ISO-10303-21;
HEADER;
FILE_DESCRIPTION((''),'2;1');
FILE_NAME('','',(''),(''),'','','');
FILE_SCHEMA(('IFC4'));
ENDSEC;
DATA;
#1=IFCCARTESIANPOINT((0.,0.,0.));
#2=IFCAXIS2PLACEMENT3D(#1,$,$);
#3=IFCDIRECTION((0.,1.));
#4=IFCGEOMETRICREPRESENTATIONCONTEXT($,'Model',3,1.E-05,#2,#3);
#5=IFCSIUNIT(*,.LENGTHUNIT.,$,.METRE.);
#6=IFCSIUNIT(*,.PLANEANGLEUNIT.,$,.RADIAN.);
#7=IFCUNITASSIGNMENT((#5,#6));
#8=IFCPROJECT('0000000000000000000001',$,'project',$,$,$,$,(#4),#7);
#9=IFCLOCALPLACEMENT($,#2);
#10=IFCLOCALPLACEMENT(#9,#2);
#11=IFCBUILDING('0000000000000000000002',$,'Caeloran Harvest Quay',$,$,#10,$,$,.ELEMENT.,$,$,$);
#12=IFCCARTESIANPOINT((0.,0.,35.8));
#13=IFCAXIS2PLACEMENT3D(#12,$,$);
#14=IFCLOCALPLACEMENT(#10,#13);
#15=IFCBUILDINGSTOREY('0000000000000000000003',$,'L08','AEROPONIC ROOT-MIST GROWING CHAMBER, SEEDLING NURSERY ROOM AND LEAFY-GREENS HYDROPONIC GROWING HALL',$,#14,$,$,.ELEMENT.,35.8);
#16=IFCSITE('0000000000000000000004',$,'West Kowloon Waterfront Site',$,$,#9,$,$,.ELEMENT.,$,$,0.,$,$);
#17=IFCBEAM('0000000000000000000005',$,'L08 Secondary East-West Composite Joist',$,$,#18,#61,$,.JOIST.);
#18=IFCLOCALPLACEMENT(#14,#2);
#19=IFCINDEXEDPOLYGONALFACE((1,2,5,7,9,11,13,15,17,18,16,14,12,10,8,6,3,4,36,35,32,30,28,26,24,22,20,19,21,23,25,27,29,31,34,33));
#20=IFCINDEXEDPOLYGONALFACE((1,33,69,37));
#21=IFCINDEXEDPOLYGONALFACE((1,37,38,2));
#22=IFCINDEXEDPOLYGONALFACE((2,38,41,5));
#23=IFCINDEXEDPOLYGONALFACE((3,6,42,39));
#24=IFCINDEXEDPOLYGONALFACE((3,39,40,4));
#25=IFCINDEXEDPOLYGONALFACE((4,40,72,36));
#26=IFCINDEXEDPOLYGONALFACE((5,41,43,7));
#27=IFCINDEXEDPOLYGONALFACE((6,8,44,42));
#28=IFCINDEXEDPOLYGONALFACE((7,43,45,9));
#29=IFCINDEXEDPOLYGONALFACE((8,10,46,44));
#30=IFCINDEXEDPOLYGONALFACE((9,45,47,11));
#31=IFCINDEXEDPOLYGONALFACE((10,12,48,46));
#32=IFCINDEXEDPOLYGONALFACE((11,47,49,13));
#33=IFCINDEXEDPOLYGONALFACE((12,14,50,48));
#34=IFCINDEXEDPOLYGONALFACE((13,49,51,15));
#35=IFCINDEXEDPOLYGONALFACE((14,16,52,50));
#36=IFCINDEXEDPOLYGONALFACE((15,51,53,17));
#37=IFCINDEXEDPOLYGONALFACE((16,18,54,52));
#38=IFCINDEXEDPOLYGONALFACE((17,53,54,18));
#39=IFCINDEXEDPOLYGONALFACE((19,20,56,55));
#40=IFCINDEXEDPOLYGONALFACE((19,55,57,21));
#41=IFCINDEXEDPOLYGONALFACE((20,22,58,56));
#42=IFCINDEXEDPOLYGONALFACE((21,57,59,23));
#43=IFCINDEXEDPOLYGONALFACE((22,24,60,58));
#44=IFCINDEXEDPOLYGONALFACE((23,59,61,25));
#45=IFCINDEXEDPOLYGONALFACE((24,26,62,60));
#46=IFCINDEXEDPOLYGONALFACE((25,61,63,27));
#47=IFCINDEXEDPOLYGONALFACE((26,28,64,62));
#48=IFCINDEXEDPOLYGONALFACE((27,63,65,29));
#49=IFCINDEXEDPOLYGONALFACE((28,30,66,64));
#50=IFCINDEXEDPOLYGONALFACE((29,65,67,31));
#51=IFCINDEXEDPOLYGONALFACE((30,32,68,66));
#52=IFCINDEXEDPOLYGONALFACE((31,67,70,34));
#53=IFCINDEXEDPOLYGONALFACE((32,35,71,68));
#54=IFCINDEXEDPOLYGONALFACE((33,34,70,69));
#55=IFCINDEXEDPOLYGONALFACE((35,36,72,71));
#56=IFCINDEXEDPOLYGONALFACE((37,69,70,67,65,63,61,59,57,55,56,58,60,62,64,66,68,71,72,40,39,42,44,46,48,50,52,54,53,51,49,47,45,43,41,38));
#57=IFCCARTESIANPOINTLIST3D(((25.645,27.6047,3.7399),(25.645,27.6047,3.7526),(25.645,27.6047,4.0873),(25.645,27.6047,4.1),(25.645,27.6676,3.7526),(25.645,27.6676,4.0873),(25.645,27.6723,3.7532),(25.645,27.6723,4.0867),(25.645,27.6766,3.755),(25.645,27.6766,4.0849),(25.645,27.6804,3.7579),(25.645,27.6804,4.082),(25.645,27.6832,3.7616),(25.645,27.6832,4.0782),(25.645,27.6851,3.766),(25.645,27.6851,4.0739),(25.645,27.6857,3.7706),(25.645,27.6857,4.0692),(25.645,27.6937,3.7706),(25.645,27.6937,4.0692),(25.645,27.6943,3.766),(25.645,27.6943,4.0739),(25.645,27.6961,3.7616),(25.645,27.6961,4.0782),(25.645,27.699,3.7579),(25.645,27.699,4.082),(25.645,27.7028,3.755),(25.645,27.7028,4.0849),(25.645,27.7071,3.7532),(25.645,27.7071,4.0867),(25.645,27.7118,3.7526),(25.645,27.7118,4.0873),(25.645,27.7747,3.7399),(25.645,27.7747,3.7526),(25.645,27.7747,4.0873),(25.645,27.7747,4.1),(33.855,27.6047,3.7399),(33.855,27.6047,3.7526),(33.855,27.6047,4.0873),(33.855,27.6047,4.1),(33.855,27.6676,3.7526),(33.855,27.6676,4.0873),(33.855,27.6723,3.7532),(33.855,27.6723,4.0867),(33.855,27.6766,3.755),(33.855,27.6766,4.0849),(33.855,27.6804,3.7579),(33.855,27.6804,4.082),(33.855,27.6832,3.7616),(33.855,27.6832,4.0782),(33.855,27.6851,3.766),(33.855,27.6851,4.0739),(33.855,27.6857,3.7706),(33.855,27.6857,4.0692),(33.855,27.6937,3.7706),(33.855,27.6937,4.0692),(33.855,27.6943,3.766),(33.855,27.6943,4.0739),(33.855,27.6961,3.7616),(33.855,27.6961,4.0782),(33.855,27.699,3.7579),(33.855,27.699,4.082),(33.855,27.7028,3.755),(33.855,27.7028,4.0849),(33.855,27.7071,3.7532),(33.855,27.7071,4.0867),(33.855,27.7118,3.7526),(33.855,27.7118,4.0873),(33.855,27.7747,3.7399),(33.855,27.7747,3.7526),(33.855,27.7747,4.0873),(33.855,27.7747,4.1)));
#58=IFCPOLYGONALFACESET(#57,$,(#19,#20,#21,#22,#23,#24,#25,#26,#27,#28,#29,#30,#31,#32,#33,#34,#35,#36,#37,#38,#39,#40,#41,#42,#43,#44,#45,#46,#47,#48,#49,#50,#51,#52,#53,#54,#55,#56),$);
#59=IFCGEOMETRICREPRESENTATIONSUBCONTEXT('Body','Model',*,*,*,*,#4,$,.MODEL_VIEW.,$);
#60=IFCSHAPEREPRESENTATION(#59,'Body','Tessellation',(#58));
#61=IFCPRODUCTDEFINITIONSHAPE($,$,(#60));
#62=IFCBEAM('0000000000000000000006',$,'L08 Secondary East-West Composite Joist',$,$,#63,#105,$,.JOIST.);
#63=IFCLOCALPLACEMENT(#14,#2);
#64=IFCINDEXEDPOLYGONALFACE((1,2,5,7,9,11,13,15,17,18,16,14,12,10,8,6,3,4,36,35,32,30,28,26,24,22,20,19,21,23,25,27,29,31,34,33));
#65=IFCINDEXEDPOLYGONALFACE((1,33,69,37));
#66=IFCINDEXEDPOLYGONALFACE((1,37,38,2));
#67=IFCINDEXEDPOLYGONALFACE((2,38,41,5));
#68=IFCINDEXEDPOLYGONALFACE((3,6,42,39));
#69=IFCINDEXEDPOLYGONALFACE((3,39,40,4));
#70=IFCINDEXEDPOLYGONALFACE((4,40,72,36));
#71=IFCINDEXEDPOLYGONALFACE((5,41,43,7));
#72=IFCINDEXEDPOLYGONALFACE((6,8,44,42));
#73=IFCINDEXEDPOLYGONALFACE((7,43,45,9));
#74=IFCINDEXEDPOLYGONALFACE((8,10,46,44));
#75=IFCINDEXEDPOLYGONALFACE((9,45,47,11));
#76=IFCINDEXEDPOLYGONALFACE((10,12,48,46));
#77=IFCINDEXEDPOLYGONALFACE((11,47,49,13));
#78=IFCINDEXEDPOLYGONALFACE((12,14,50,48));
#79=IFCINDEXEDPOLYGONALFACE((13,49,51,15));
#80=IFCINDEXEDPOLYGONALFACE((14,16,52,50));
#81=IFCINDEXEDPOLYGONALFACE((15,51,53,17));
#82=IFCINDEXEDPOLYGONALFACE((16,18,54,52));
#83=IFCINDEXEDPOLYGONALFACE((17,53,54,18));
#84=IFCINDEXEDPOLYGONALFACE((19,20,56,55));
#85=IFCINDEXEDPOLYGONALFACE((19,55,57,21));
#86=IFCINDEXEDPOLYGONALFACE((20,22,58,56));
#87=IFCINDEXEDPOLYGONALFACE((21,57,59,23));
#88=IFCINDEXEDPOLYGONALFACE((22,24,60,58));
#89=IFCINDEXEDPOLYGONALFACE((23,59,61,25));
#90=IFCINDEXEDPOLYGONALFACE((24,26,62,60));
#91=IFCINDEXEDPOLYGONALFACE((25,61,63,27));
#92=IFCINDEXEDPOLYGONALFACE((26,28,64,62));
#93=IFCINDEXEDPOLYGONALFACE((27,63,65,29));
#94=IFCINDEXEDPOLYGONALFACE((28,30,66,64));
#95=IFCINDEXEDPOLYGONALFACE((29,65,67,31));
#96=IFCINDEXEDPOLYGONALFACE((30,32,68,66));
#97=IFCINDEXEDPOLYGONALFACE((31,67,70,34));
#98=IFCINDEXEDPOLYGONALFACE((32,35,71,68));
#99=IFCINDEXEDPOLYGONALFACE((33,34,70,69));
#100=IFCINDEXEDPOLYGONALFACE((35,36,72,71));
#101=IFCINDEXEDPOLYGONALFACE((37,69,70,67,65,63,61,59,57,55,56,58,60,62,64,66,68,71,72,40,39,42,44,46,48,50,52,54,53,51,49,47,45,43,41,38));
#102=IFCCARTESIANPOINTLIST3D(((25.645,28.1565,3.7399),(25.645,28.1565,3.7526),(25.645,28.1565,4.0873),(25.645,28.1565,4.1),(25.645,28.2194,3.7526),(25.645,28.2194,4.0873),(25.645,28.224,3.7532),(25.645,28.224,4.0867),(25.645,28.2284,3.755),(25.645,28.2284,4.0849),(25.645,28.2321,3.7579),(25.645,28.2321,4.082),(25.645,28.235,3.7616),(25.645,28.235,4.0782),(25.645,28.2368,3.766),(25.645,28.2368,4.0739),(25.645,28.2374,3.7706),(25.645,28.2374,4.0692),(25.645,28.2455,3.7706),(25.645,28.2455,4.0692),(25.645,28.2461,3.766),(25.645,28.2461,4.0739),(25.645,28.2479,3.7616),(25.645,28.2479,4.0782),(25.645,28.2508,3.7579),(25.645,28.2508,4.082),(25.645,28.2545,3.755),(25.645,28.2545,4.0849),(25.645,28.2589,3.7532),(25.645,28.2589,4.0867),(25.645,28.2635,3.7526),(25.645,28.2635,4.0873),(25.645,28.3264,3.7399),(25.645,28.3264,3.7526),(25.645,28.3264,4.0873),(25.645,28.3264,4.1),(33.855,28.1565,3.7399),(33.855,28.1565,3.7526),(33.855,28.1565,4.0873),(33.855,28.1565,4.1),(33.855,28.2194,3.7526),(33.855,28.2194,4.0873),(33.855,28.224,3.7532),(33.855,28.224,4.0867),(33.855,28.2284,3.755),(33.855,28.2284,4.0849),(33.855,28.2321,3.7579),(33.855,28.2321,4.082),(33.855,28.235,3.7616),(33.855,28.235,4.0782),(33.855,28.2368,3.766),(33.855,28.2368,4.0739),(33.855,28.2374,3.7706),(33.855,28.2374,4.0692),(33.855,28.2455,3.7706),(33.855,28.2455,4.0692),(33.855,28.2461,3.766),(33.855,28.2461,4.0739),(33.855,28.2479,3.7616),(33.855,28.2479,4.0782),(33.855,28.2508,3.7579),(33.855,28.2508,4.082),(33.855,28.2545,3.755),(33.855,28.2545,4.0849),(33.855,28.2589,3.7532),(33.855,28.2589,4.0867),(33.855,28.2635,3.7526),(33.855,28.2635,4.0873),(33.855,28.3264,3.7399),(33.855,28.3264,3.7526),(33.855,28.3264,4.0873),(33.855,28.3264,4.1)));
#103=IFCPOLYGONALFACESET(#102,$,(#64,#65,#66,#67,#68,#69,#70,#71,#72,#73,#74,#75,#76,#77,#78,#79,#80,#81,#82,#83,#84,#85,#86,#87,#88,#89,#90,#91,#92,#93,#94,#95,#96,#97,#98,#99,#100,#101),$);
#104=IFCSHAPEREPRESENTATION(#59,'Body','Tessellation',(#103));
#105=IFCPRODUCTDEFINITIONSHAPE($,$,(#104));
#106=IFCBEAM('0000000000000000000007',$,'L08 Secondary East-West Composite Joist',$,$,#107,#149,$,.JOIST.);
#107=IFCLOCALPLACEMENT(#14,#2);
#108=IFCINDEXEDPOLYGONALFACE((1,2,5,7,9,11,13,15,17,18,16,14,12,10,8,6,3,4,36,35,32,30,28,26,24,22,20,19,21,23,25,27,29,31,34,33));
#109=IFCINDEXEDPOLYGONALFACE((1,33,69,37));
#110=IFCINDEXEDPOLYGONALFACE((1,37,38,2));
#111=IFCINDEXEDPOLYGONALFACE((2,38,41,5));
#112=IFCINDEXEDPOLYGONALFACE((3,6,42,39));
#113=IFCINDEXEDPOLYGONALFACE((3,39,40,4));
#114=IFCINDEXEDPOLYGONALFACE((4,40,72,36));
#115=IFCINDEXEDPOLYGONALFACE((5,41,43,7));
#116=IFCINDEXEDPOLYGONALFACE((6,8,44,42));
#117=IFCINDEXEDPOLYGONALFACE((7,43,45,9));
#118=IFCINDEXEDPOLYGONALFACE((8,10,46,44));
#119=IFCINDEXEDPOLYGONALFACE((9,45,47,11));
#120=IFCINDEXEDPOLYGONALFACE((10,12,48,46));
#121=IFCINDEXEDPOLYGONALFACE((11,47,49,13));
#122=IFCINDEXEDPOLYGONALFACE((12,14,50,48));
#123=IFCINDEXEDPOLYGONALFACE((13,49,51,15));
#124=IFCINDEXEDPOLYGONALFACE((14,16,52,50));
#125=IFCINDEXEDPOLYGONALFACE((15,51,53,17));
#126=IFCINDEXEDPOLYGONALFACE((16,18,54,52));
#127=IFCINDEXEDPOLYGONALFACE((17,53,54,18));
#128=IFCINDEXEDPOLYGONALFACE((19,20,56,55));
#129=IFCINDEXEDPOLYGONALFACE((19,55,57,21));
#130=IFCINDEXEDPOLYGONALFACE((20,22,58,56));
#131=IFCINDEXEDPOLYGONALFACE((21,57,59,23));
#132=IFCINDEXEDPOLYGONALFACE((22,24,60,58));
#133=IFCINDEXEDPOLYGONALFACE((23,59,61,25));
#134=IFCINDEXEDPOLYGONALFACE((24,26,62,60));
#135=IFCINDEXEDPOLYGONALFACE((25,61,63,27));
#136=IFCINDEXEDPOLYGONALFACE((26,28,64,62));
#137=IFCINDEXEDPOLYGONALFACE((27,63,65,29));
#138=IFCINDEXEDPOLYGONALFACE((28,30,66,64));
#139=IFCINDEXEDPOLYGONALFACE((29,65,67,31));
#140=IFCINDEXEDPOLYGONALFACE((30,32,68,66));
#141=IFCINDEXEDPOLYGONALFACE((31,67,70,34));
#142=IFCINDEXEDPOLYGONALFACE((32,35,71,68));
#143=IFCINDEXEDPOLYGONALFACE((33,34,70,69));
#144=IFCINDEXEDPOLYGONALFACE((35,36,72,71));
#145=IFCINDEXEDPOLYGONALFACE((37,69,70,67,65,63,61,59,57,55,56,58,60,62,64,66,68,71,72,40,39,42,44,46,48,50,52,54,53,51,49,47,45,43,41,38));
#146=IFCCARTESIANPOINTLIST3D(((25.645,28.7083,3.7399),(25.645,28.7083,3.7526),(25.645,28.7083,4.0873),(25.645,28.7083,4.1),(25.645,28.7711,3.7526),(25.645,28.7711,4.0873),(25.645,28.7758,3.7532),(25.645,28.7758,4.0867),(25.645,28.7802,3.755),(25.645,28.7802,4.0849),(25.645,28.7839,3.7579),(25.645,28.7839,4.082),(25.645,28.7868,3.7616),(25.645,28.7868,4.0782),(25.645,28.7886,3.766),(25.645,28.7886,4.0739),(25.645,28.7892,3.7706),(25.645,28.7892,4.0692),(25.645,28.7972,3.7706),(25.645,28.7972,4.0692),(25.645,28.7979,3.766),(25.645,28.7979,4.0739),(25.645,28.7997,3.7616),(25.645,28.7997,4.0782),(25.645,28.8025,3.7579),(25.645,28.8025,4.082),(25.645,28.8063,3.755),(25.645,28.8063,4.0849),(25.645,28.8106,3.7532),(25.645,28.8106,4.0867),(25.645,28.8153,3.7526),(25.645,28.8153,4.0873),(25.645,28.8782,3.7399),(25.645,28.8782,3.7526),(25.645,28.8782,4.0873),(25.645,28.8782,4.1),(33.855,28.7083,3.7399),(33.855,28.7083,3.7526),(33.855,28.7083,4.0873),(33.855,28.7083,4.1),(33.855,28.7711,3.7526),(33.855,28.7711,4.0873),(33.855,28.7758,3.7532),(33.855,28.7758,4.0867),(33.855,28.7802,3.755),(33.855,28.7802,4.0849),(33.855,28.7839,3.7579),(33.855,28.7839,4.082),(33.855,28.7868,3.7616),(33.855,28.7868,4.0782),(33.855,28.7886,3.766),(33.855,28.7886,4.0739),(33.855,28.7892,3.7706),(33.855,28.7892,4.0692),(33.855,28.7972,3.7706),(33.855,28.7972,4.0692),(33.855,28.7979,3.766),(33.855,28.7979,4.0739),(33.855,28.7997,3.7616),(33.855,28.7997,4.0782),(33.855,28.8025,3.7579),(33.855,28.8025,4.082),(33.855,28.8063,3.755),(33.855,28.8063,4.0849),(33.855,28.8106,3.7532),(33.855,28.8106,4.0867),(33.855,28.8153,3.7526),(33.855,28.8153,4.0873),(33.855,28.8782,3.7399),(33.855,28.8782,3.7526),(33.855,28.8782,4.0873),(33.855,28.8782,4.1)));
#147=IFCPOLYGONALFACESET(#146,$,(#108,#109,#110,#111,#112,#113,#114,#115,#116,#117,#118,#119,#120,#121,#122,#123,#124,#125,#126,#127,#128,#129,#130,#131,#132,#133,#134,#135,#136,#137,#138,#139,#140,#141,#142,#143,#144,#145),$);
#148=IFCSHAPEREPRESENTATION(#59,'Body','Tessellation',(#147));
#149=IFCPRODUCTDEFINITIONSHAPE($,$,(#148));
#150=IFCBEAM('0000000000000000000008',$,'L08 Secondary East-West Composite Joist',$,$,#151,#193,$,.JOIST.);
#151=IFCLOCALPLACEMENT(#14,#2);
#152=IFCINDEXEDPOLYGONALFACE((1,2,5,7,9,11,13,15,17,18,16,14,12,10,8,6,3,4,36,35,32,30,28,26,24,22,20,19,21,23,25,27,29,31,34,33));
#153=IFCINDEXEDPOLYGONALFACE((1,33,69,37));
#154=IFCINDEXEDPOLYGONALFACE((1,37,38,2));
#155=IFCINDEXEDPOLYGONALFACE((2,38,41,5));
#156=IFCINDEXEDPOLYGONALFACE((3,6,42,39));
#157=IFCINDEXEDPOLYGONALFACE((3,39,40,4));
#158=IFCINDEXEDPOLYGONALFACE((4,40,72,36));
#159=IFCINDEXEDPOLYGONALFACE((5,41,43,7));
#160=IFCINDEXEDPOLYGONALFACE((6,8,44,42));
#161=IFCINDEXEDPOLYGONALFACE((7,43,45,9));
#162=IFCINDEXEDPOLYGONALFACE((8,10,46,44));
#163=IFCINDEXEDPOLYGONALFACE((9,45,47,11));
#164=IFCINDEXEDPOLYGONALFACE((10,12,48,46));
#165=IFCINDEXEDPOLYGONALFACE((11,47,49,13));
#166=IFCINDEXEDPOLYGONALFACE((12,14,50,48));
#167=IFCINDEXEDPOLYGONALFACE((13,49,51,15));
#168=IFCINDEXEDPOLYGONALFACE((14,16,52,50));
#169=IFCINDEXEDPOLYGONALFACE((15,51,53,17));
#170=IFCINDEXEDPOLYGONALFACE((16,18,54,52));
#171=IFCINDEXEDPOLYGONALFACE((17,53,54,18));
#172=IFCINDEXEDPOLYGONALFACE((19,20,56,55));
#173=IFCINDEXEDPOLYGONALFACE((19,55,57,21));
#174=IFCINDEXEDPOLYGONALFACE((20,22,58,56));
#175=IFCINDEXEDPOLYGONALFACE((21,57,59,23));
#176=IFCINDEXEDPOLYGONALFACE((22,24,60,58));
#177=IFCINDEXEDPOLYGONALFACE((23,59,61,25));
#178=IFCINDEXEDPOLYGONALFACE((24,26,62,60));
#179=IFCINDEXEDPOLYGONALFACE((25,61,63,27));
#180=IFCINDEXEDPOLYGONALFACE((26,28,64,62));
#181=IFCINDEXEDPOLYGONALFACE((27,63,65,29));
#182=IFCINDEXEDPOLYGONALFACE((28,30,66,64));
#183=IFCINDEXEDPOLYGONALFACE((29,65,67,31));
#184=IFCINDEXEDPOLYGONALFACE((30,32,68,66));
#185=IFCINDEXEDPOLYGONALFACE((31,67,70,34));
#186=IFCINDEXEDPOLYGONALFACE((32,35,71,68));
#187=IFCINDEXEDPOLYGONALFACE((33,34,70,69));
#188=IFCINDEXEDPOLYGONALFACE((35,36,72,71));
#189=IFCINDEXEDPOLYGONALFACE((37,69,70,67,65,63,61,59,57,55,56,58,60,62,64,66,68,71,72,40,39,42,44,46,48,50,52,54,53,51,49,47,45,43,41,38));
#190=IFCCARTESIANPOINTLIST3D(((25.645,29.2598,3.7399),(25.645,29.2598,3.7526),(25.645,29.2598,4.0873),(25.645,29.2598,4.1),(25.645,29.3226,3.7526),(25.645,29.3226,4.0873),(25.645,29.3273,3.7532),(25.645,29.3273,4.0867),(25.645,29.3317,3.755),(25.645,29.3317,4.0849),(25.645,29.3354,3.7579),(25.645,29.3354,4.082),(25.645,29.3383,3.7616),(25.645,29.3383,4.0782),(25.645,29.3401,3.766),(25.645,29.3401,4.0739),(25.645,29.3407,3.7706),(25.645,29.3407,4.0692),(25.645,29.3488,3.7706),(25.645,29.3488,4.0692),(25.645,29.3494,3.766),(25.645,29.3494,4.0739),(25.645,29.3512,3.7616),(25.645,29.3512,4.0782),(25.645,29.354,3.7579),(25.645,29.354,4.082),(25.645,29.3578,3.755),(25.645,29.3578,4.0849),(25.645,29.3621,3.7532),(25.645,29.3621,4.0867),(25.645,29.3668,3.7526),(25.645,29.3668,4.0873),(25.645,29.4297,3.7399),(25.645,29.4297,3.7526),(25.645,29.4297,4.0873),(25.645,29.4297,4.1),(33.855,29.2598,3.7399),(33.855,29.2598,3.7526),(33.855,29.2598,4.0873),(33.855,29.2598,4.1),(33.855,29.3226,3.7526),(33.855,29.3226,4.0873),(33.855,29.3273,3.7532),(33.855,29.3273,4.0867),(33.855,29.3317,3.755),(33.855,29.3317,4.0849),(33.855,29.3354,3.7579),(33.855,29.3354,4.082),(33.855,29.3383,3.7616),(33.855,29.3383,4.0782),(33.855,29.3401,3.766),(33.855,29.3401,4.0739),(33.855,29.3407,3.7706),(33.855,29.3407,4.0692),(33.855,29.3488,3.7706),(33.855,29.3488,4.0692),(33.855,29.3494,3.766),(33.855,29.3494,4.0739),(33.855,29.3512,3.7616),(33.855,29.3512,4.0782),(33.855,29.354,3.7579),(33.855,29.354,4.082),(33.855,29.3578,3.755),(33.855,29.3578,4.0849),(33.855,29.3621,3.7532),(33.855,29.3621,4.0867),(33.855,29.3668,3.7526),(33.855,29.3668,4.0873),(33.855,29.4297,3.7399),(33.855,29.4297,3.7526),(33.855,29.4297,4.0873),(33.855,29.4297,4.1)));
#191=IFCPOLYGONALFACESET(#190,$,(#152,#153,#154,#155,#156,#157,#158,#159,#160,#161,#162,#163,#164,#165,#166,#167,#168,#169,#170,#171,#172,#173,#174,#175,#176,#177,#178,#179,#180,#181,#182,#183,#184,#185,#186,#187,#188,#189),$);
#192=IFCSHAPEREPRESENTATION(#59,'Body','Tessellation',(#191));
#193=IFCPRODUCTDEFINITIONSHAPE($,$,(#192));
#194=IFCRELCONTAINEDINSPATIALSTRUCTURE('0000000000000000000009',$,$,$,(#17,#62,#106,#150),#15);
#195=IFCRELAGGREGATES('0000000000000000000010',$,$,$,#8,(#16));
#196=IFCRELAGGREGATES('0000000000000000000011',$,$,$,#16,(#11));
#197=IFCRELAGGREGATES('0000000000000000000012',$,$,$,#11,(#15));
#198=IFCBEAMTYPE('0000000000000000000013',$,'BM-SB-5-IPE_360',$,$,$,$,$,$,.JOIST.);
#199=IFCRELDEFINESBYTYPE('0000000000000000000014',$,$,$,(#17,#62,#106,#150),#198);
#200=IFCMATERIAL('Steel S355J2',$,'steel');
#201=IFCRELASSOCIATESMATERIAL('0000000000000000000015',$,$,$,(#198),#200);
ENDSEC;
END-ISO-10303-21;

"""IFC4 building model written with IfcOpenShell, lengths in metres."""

from ifc_helpers import new_model, si_unit, direction, frame, origin, origin_2d, place, context, subcontext, project, spatial, i_section, extrude, material, material_profile, profile_set, type_object, element, save


model = new_model("IFC4")

# Units and contexts
model_context = context("Model", 3, precision=1e-05, world=origin(), true_north=direction((0.0, 1.0)))
body_context = subcontext(model_context, "Body", "Model", "MODEL_VIEW")
ifc_project = project(units=[si_unit("LENGTHUNIT", "METRE"), si_unit("PLANEANGLEUNIT", "RADIAN")], contexts=[model_context])

# Site, building, storey
site_placement = place(None, origin())
site = spatial("IfcSite", under=ifc_project, at=site_placement, Name="West Kowloon Waterfront Site", CompositionType="ELEMENT", RefElevation=0.0)
building_placement = place(site_placement, origin())
building = spatial("IfcBuilding", under=site, at=building_placement, Name="Caeloran Harvest Quay", CompositionType="ELEMENT")
storey_placement = place(building_placement, frame((0.0, 0.0, 35.8)))
storey = spatial("IfcBuildingStorey", under=building, at=storey_placement, Name="L08", Description="AEROPONIC ROOT-MIST GROWING CHAMBER, SEEDLING NURSERY ROOM AND LEAFY-GREENS HYDROPONIC GROWING HALL", CompositionType="ELEMENT", Elevation=35.8)

# Beams
ifc_material_1 = material(Name="Steel S355J2", Category="steel")
ifc_material_profile_1 = material_profile(ifc_material_1, i_section(OverallWidth=0.1699, OverallDepth=0.3601, WebThickness=0.0081, FlangeThickness=0.0127, FilletRadius=0.0181, at=origin_2d()), Name="IPE 360")
ifc_profile_set_1 = profile_set([ifc_material_profile_1], Name="Steel S355J2")
beam_type_1 = type_object("IfcBeamType", Name="BM-SB-5-IPE_360", PredefinedType="JOIST", material=ifc_profile_set_1)
for number, where, z_axis, x_axis, name in (
    (1, (25.645, 27.6897, 3.9199), (1.0, 0.0, 0.0), (0.0, 1.0, 0.0), "L08 Secondary East-West Composite Joist"),
    (2, (25.645, 28.2415, 3.9199), (1.0, 0.0, 0.0), (0.0, 1.0, 0.0), "L08 Secondary East-West Composite Joist"),
    (3, (25.645, 28.7932, 3.9199), (1.0, 0.0, 0.0), (0.0, 1.0, 0.0), "L08 Secondary East-West Composite Joist"),
    (4, (25.645, 29.3447, 3.9199), (1.0, 0.0, 0.0), (0.0, 1.0, 0.0), "L08 Secondary East-West Composite Joist"),
):
    element("IfcBeam", number, at=place(storey_placement, frame(where, z_axis=z_axis, x_axis=x_axis)), inside=storey, type_object=beam_type_1, Name=name, PredefinedType="JOIST", context=body_context, shape_type="SweptSolid", body=[
        extrude(i_section(OverallWidth=0.1699, OverallDepth=0.3601, WebThickness=0.0081, FlangeThickness=0.0127, FilletRadius=0.0181, at=origin_2d()), origin(), (0.0, 0.0, 1.0), 8.21),
    ])

save(model, "model.ifc")
